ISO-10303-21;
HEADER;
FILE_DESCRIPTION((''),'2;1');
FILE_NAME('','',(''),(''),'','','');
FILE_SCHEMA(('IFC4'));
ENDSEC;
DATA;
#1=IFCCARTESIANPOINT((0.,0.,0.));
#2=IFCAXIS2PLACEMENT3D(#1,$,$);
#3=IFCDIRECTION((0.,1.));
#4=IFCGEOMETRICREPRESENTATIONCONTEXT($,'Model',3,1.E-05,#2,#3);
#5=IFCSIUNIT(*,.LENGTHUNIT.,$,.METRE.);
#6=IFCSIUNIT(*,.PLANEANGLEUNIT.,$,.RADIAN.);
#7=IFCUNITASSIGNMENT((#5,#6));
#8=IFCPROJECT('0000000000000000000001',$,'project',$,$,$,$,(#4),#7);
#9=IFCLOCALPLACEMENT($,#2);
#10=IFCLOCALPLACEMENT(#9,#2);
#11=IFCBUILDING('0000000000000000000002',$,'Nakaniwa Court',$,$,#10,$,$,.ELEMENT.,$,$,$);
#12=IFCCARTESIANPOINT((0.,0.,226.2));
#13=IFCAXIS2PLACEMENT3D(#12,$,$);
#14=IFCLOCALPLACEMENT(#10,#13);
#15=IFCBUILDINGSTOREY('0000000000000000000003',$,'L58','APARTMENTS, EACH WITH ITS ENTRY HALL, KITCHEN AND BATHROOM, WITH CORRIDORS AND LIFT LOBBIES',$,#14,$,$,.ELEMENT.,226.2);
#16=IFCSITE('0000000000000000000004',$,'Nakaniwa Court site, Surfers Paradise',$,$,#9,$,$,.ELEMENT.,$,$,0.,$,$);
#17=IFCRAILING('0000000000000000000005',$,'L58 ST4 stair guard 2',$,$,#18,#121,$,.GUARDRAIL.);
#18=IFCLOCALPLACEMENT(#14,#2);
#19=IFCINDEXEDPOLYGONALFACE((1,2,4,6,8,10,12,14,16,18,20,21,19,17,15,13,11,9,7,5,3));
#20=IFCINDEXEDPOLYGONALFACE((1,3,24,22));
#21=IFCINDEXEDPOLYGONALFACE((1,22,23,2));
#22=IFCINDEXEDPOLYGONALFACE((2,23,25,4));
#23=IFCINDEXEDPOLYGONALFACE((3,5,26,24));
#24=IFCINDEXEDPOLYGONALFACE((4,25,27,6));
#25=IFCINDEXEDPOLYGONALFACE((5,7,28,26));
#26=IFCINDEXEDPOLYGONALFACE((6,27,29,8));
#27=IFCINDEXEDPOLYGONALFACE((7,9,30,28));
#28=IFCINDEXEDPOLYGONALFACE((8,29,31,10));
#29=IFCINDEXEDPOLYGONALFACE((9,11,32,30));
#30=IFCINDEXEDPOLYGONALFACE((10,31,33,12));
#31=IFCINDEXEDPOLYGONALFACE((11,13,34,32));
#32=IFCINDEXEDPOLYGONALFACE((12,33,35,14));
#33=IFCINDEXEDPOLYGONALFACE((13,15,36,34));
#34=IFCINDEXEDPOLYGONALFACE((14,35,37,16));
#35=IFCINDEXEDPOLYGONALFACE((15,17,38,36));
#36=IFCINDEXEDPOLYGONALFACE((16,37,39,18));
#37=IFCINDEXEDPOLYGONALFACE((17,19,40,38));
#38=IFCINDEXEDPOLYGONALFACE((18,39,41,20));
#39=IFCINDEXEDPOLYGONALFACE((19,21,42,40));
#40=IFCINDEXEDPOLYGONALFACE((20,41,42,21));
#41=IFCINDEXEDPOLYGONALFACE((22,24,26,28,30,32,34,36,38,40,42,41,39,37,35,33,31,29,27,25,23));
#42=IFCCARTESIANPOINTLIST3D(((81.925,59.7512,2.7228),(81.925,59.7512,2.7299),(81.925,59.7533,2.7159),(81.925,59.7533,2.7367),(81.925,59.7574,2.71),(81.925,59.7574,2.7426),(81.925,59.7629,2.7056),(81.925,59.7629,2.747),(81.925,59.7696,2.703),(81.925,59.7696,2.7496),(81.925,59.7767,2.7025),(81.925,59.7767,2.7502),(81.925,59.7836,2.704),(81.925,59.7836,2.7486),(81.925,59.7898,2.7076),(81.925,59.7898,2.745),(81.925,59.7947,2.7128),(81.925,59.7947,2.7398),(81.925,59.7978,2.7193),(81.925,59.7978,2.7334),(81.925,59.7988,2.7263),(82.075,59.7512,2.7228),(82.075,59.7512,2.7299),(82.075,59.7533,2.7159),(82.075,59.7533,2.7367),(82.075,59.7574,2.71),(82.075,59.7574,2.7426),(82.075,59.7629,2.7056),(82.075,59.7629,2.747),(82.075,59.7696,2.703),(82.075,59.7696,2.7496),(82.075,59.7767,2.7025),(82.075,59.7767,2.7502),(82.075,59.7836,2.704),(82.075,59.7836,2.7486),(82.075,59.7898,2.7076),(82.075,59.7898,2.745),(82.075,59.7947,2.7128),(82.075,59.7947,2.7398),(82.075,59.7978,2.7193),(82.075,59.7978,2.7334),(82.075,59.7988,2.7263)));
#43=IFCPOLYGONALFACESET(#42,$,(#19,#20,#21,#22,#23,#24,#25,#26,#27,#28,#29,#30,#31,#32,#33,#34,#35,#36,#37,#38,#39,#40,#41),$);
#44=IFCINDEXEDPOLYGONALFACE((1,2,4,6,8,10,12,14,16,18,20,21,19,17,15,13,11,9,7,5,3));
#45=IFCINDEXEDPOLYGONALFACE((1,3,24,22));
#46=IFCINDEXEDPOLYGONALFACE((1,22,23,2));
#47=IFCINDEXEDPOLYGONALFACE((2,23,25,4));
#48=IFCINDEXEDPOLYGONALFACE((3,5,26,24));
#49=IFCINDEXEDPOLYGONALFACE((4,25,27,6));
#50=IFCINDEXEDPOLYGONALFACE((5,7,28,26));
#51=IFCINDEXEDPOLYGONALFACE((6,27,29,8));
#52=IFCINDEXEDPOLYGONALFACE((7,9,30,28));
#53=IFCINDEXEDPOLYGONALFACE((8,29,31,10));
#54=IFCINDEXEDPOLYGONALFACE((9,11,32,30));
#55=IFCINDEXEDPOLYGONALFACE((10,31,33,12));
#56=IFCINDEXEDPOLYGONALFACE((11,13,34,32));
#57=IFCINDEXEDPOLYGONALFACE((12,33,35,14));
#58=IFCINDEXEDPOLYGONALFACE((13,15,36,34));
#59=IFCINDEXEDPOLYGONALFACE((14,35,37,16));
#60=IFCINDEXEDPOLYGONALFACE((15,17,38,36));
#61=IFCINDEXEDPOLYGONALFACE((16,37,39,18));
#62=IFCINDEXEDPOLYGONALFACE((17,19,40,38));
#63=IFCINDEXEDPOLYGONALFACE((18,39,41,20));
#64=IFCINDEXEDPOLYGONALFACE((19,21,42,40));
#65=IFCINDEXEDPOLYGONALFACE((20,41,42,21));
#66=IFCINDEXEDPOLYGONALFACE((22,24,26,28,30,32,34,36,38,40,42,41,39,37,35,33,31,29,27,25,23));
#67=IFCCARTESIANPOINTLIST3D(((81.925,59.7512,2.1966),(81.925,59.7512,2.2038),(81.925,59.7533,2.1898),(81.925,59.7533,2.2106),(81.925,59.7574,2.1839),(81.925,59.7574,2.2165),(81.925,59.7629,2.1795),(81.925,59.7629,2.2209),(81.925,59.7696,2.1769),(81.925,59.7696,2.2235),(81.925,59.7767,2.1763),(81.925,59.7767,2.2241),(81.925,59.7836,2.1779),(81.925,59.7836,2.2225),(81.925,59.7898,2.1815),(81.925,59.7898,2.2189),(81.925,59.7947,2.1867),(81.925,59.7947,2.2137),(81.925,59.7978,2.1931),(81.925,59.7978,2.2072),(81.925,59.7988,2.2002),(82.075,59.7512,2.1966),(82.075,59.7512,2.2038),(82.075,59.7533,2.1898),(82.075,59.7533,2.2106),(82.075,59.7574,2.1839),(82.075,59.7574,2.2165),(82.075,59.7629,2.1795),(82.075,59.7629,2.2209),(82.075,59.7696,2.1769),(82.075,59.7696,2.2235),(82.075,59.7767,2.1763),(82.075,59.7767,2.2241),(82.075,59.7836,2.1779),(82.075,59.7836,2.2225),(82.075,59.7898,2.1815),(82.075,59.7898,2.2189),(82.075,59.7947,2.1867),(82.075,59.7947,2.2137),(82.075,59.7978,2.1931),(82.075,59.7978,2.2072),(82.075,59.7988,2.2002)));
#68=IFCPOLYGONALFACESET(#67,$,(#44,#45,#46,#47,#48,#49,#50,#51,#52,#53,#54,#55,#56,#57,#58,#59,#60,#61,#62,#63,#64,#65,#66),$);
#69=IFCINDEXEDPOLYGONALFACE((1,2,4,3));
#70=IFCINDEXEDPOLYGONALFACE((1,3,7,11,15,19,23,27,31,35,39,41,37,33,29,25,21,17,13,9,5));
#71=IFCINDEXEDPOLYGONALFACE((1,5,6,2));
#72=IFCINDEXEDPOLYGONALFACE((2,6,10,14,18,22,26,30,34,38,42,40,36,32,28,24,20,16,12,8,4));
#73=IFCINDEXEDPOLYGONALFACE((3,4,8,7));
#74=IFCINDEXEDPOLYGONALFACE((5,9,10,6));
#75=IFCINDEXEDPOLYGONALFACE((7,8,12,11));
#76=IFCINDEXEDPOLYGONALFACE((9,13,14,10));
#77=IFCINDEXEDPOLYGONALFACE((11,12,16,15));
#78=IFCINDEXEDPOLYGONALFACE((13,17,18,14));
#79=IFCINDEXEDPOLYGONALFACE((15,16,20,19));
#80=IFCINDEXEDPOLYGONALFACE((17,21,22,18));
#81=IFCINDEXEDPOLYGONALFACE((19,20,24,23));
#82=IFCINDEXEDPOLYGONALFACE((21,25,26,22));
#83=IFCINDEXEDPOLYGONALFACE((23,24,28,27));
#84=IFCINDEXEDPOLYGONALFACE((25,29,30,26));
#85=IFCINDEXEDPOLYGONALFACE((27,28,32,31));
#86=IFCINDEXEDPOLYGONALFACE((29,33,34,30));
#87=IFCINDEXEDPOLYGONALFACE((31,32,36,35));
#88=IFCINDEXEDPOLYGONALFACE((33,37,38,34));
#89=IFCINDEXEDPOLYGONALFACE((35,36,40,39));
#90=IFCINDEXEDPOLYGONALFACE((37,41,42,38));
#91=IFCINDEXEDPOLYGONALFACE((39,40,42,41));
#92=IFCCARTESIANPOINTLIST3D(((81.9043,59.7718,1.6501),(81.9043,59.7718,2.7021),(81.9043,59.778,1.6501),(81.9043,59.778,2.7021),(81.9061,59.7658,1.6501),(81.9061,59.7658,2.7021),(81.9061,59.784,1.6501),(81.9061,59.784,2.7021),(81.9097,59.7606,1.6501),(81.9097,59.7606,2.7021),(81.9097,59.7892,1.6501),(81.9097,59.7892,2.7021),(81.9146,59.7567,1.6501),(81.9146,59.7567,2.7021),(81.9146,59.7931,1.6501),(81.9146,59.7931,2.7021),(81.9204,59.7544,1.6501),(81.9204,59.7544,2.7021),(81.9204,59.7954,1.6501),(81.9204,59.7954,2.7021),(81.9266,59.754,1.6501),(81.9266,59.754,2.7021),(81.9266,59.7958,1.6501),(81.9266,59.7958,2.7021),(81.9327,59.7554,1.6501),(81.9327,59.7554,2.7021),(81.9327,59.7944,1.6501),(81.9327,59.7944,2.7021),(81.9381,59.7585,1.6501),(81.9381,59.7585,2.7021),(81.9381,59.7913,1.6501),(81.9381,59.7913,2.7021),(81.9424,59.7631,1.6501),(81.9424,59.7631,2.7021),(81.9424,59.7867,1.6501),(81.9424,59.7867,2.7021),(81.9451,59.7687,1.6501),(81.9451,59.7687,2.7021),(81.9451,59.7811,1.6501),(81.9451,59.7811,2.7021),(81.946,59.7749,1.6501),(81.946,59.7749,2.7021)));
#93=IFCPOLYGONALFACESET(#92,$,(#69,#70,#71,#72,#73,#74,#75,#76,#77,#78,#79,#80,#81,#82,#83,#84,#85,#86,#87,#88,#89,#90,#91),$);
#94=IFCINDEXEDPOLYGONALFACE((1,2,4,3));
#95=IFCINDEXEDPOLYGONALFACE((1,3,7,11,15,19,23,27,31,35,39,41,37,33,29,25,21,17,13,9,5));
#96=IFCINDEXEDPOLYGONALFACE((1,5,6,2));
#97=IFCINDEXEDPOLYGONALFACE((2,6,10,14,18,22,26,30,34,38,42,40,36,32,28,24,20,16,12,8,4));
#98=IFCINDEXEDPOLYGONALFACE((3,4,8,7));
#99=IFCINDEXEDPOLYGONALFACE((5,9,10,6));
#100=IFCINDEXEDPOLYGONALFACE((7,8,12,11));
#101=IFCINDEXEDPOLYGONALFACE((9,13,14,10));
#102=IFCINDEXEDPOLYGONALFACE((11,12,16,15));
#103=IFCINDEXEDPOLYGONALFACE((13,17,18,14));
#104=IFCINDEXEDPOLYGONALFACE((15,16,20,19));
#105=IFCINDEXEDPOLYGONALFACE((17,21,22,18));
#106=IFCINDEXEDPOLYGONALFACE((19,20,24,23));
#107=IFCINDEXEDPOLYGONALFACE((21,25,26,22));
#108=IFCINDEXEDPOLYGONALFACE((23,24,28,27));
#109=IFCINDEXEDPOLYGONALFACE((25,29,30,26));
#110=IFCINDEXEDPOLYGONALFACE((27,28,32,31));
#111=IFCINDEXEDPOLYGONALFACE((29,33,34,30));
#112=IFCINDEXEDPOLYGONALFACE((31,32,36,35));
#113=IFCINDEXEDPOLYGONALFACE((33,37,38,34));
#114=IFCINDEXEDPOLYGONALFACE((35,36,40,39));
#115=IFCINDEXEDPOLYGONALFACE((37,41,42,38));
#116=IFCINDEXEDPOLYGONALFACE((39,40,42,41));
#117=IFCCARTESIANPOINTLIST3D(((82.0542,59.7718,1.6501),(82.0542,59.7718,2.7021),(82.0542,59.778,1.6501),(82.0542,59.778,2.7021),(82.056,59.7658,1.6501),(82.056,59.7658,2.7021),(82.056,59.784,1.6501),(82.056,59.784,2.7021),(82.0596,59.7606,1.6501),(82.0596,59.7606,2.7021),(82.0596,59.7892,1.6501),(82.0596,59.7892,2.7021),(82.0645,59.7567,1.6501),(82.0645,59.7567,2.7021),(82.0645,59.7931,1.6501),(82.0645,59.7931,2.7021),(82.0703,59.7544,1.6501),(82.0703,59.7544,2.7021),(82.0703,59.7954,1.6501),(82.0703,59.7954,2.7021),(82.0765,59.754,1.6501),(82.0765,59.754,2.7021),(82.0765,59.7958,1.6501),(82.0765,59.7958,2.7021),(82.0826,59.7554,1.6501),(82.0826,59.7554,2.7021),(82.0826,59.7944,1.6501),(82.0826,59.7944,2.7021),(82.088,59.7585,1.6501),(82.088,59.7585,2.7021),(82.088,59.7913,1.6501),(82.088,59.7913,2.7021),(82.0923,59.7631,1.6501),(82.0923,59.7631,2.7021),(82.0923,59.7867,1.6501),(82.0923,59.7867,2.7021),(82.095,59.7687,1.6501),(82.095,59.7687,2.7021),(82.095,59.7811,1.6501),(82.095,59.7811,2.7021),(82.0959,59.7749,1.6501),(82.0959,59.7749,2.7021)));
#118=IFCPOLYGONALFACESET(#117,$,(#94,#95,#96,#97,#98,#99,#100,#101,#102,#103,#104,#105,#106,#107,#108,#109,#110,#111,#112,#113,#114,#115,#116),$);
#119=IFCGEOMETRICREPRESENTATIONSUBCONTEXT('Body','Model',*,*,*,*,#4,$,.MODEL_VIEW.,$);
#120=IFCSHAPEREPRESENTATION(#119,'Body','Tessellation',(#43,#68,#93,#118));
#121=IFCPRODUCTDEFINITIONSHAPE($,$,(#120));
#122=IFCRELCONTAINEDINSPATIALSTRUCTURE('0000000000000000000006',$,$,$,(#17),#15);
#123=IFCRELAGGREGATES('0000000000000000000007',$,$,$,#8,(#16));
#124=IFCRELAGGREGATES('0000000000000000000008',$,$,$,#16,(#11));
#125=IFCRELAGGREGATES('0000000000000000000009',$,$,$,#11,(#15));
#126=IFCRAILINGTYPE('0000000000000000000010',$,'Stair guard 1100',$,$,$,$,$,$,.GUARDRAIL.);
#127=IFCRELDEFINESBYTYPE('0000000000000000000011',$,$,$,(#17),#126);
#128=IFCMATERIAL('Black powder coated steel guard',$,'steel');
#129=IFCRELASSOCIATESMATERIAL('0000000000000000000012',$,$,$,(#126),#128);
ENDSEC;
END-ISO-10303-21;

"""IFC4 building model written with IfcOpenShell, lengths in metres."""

from ifc_helpers import new_model, si_unit, direction, frame, origin, origin_2d, place, context, subcontext, project, spatial, circle, extrude, material, type_object, element, save


model = new_model("IFC4")

# Units and contexts
model_context = context("Model", 3, precision=1e-05, world=origin(), true_north=direction((0.0, 1.0)))
body_context = subcontext(model_context, "Body", "Model", "MODEL_VIEW")
ifc_project = project(units=[si_unit("LENGTHUNIT", "METRE"), si_unit("PLANEANGLEUNIT", "RADIAN")], contexts=[model_context])

# Site, building, storey
site_placement = place(None, origin())
site = spatial("IfcSite", under=ifc_project, at=site_placement, Name="Nakaniwa Court site, Surfers Paradise", CompositionType="ELEMENT", RefElevation=0.0)
building_placement = place(site_placement, origin())
building = spatial("IfcBuilding", under=site, at=building_placement, Name="Nakaniwa Court", CompositionType="ELEMENT")
storey_placement = place(building_placement, frame((0.0, 0.0, 226.2)))
storey = spatial("IfcBuildingStorey", under=building, at=storey_placement, Name="L58", Description="APARTMENTS, EACH WITH ITS ENTRY HALL, KITCHEN AND BATHROOM, WITH CORRIDORS AND LIFT LOBBIES", CompositionType="ELEMENT", Elevation=226.2)

# Railing
ifc_material_1 = material(Name="Black powder coated steel guard", Category="steel")
railing_type_1 = type_object("IfcRailingType", Name="Stair guard 1100", PredefinedType="GUARDRAIL", material=ifc_material_1)
railing_1_placement = place(storey_placement, frame((81.925, 59.7749, 1.6501)))
element("IfcRailing", 1, at=railing_1_placement, inside=storey, type_object=railing_type_1, Name="L58 ST4 stair guard 2", PredefinedType="GUARDRAIL", context=body_context, shape_type="SweptSolid", body=[
    extrude(circle(Radius=0.0239, at=origin_2d()), frame((0.0, 0.0, 1.0762), z_axis=(1.0, 0.0, 0.0), x_axis=(0.0, 1.0, 0.0)), (0.0, 0.0, 1.0), 0.1499),
    extrude(circle(Radius=0.0239, at=origin_2d()), frame((0.0, 0.0, 0.55), z_axis=(1.0, 0.0, 0.0), x_axis=(0.0, 1.0, 0.0)), (0.0, 0.0, 1.0), 0.1499),
    extrude(circle(Radius=0.021, at=origin_2d()), origin(), (0.0, 0.0, 1.0), 1.052),
    extrude(circle(Radius=0.021, at=origin_2d()), frame((0.1499, 0.0, 0.0)), (0.0, 0.0, 1.0), 1.052),
])

save(model, "model.ifc")
